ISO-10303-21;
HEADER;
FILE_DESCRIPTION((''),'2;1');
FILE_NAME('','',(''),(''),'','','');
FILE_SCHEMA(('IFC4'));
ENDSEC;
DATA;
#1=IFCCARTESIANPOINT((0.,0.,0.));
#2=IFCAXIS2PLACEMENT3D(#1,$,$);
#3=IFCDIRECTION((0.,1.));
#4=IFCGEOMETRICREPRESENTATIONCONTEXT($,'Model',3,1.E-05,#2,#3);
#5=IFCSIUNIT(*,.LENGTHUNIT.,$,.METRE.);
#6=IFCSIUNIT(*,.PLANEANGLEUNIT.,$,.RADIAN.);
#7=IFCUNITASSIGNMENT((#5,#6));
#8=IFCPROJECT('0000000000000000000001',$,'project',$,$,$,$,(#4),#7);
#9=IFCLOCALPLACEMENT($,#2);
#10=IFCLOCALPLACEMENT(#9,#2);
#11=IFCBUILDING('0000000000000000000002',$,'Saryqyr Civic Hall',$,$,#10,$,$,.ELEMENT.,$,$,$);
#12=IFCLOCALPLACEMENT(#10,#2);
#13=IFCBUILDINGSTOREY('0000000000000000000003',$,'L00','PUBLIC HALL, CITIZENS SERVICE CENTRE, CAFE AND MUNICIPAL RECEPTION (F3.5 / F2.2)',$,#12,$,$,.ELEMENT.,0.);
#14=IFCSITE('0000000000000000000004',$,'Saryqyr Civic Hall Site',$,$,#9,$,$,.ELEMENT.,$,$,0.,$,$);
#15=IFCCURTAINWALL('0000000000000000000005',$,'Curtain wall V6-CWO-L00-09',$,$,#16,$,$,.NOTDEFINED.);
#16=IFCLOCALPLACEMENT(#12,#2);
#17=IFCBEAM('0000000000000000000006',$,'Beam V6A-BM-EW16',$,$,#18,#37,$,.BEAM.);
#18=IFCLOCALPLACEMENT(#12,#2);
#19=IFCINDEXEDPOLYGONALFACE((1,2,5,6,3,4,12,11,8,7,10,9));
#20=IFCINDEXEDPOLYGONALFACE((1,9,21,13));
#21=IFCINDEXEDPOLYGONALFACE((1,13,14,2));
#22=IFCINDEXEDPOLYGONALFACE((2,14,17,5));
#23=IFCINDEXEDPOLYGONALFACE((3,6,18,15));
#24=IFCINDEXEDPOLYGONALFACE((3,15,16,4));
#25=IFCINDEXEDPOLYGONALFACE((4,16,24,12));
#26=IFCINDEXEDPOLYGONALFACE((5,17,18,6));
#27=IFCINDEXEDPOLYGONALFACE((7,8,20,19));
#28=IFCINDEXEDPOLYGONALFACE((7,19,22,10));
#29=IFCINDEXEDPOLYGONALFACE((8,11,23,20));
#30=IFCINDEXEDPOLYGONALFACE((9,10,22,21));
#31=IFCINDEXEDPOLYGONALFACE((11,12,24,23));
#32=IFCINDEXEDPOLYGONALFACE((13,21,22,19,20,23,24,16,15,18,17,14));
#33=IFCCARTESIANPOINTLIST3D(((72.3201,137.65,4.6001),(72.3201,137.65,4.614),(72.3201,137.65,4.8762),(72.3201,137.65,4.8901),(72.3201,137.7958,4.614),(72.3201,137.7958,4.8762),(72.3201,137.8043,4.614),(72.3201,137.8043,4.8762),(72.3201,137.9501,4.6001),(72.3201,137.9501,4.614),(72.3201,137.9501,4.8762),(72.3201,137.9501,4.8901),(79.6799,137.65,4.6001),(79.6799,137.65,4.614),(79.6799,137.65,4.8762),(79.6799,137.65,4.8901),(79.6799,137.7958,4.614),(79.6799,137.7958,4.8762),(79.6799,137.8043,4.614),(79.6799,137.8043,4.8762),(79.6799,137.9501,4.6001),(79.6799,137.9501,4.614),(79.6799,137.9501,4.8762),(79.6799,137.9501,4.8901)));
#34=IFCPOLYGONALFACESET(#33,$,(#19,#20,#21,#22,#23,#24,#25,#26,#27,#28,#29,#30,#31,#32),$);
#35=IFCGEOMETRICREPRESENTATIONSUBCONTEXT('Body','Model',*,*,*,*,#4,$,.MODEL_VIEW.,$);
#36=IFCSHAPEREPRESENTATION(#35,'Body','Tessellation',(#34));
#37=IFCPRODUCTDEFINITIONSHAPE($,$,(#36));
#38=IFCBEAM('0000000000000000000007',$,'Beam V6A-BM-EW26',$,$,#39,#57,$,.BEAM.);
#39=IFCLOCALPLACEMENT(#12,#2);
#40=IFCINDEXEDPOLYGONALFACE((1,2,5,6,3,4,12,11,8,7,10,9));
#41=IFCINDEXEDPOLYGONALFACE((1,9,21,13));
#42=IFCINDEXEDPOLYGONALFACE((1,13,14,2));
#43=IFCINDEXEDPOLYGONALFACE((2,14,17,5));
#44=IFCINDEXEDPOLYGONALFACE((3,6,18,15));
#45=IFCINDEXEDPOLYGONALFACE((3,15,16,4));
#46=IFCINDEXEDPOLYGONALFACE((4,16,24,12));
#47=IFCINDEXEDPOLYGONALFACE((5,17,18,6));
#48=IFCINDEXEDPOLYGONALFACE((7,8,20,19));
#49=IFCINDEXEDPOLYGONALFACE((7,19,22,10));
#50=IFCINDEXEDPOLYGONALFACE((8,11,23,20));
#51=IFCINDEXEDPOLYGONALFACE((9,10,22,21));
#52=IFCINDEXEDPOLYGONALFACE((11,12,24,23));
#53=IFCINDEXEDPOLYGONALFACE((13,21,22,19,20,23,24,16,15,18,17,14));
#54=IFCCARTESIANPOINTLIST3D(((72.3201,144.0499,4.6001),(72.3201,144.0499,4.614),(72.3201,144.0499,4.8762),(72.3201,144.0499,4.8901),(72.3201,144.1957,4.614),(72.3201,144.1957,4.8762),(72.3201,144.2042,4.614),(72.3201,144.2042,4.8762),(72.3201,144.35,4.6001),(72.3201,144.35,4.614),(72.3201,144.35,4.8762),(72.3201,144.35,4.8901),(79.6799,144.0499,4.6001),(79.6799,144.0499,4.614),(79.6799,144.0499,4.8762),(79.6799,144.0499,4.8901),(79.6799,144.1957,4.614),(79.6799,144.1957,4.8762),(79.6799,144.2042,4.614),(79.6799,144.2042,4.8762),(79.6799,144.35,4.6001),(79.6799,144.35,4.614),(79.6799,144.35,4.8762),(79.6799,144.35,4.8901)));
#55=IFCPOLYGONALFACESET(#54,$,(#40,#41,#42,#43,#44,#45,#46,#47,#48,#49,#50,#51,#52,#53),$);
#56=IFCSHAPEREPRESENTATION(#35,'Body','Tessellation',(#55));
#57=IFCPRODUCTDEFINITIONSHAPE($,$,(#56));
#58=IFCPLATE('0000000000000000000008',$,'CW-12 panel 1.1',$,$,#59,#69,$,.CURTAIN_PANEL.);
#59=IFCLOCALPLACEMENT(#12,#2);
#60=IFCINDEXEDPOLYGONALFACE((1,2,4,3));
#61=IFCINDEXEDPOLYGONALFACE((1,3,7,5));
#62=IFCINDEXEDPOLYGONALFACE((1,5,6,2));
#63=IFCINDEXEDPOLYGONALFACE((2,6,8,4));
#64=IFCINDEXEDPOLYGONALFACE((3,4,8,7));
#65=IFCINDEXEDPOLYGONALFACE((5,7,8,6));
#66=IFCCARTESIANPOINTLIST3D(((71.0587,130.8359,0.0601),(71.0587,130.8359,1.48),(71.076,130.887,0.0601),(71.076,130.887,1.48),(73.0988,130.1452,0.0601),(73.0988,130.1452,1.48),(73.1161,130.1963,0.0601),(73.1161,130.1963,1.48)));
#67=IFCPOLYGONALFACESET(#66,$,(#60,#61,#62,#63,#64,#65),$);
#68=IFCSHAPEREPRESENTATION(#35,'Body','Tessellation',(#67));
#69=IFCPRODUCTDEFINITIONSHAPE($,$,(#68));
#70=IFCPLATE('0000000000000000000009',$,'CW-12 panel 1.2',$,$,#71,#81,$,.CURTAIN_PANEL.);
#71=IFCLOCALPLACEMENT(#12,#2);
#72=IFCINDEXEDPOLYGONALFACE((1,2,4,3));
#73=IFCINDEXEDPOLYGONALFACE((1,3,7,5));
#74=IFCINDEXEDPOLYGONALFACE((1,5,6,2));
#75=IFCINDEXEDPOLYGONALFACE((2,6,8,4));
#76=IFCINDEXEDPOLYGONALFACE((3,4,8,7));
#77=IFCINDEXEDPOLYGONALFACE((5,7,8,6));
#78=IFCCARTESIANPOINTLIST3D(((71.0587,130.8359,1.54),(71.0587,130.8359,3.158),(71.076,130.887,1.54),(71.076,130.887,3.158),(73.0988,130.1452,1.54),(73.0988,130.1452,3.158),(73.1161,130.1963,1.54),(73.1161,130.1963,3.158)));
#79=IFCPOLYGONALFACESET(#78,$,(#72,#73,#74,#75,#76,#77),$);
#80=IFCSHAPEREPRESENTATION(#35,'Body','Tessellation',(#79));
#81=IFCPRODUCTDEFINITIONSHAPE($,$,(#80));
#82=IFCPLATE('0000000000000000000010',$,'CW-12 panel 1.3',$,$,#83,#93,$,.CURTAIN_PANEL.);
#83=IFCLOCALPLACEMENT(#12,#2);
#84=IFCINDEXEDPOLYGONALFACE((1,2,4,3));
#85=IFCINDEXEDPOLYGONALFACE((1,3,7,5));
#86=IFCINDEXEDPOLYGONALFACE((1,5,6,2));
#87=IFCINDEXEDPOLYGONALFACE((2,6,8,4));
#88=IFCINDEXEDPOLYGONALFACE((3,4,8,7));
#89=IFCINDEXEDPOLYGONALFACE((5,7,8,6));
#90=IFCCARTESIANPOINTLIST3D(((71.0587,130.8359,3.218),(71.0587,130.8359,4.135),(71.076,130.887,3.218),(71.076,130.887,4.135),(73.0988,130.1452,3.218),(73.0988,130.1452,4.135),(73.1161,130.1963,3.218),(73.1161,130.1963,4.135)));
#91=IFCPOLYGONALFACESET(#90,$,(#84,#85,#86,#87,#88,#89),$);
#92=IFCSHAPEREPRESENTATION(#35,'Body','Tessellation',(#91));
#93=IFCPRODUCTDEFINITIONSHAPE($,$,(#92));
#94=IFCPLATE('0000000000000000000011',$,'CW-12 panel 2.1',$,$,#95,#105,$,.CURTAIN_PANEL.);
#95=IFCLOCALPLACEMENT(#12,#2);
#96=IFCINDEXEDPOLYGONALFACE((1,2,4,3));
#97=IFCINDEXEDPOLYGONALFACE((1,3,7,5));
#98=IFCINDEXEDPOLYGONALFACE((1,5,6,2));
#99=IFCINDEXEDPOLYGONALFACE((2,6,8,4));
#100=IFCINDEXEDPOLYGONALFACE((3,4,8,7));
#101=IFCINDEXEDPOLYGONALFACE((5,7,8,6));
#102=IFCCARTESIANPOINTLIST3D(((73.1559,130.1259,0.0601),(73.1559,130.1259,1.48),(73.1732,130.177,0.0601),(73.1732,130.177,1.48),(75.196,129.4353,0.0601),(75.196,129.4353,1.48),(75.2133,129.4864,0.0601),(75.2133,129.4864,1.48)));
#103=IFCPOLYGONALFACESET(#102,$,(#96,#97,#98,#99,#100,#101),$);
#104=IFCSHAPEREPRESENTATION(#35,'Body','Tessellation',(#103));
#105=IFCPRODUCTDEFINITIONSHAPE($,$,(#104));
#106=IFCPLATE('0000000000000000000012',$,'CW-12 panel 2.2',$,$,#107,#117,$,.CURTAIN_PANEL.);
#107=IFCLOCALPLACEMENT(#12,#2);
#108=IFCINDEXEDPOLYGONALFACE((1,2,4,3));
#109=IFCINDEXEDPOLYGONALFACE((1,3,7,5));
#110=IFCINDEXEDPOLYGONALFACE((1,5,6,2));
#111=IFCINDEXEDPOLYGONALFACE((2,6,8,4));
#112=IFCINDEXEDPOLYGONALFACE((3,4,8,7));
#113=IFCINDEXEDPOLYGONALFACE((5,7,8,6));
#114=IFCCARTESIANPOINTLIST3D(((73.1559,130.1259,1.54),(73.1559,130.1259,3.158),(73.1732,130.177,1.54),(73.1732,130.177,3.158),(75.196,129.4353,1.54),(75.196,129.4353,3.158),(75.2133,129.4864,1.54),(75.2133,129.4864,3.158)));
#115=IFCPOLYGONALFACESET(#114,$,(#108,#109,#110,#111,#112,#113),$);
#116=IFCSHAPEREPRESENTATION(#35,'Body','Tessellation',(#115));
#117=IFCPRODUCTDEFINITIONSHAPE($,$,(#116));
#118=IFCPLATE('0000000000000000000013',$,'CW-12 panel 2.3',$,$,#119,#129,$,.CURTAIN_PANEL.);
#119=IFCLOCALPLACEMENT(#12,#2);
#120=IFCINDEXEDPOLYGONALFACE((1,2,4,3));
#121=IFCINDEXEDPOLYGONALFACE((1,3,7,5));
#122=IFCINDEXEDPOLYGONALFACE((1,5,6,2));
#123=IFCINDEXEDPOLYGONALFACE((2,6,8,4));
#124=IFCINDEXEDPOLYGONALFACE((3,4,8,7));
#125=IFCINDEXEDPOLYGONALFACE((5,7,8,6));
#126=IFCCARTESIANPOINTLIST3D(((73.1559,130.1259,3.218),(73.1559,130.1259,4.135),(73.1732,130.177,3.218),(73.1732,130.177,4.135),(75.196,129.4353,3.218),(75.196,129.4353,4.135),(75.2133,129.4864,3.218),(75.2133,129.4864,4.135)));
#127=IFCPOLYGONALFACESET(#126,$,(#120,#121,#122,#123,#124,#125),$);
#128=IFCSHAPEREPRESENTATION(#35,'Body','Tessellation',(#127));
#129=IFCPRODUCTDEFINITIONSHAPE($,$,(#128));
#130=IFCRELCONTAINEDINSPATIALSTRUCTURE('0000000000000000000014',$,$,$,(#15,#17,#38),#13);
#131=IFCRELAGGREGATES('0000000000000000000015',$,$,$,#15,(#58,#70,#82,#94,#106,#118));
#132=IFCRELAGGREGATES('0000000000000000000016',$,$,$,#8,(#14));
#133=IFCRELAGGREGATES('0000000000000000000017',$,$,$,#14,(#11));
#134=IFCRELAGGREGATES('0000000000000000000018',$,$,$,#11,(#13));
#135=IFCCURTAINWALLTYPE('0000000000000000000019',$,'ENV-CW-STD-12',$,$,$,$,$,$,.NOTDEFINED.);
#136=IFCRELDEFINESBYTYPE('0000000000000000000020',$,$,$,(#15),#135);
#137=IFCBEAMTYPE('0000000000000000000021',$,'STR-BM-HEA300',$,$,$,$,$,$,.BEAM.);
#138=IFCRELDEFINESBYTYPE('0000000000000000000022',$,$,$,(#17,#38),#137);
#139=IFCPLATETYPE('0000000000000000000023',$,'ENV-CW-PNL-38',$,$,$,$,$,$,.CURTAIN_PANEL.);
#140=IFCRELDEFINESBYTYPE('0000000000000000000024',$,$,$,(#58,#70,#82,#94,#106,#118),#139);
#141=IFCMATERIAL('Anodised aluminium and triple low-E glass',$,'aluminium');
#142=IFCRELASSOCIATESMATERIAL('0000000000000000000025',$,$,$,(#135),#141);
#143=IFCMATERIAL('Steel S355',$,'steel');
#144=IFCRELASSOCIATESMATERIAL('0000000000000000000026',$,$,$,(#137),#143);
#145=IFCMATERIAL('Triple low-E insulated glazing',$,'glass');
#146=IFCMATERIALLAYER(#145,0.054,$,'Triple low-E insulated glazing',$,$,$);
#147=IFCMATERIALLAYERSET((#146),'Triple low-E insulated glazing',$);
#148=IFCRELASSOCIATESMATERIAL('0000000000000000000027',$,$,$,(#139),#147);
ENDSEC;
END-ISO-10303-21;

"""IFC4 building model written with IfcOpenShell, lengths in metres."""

from ifc_helpers import new_model, si_unit, direction, frame, origin, origin_2d, place, context, subcontext, project, spatial, rectangle, i_section, extrude, material, layer, layer_set, material_profile, profile_set, type_object, element, aggregate, save


model = new_model("IFC4")

# Units and contexts
model_context = context("Model", 3, precision=1e-05, world=origin(), true_north=direction((0.0, 1.0)))
body_context = subcontext(model_context, "Body", "Model", "MODEL_VIEW")
ifc_project = project(units=[si_unit("LENGTHUNIT", "METRE"), si_unit("PLANEANGLEUNIT", "RADIAN")], contexts=[model_context])

# Site, building, storey
site_placement = place(None, origin())
site = spatial("IfcSite", under=ifc_project, at=site_placement, Name="Saryqyr Civic Hall Site", CompositionType="ELEMENT", RefElevation=0.0)
building_placement = place(site_placement, origin())
building = spatial("IfcBuilding", under=site, at=building_placement, Name="Saryqyr Civic Hall", CompositionType="ELEMENT")
storey_placement = place(building_placement, origin())
storey = spatial("IfcBuildingStorey", under=building, at=storey_placement, Name="L00", Description="PUBLIC HALL, CITIZENS SERVICE CENTRE, CAFE AND MUNICIPAL RECEPTION (F3.5 / F2.2)", CompositionType="ELEMENT", Elevation=0.0)

# Shared definitions
ifc_material_1 = material(Name="Steel S355", Category="steel")

# Curtain wall
ifc_material_2 = material(Name="Anodised aluminium and triple low-E glass", Category="aluminium")
curtain_wall_type = type_object("IfcCurtainWallType", Name="ENV-CW-STD-12", PredefinedType="NOTDEFINED", material=ifc_material_2)
curtain_wall_placement = place(storey_placement, origin())
curtain_wall = element("IfcCurtainWall", 1, at=curtain_wall_placement, inside=storey, type_object=curtain_wall_type, Name="Curtain wall V6-CWO-L00-09", PredefinedType="NOTDEFINED")

# Beams
ifc_material_profile_1 = material_profile(ifc_material_1, i_section(OverallWidth=0.3, OverallDepth=0.29, WebThickness=0.0085, FlangeThickness=0.0139, at=origin_2d()), Name="HEA 300")
ifc_profile_set_1 = profile_set([ifc_material_profile_1], Name="Steel S355")
beam_type = type_object("IfcBeamType", Name="STR-BM-HEA300", PredefinedType="BEAM", material=ifc_profile_set_1)
for number, where, z_axis, x_axis, name in (
    (2, (72.3201, 137.8, 4.7451), (1.0, 0.0, 0.0), (0.0, 1.0, 0.0), "Beam V6A-BM-EW16"),
    (3, (72.3201, 144.2, 4.7451), (1.0, 0.0, 0.0), (0.0, 1.0, 0.0), "Beam V6A-BM-EW26"),
):
    element("IfcBeam", number, at=place(storey_placement, frame(where, z_axis=z_axis, x_axis=x_axis)), inside=storey, type_object=beam_type, Name=name, PredefinedType="BEAM", context=body_context, shape_type="SweptSolid", body=[
        extrude(i_section(OverallWidth=0.3, OverallDepth=0.29, WebThickness=0.0085, FlangeThickness=0.0139, at=origin_2d()), origin(), (0.0, 0.0, 1.0), 7.3599),
    ])

# Plates
ifc_material_3 = material(Name="Triple low-E insulated glazing", Category="glass")
ifc_layer = layer(ifc_material_3, 0.054, Name="Triple low-E insulated glazing")
ifc_layer_set = layer_set([ifc_layer], Name="Triple low-E insulated glazing")
plate_type = type_object("IfcPlateType", Name="ENV-CW-PNL-38", PredefinedType="CURTAIN_PANEL", material=ifc_layer_set)
plate_1_placement = place(storey_placement, frame((72.0874, 130.5161, 0.0601), z_axis=(0.0, 0.0, 1.0), x_axis=(0.947191, -0.32067, 0.0)))
plate_1 = element("IfcPlate", 4, at=plate_1_placement, type_object=plate_type, Name="CW-12 panel 1.1", PredefinedType="CURTAIN_PANEL", context=body_context, shape_type="SweptSolid", body=[
    extrude(rectangle(XDim=2.1538, YDim=0.054, at=origin_2d()), origin(), (0.0, 0.0, 1.0), 1.4199),
])
plate_2_placement = place(storey_placement, frame((72.0874, 130.5161, 1.54), z_axis=(0.0, 0.0, 1.0), x_axis=(0.947191, -0.32067, 0.0)))
plate_2 = element("IfcPlate", 5, at=plate_2_placement, type_object=plate_type, Name="CW-12 panel 1.2", PredefinedType="CURTAIN_PANEL", context=body_context, shape_type="SweptSolid", body=[
    extrude(rectangle(XDim=2.1538, YDim=0.054, at=origin_2d()), origin(), (0.0, 0.0, 1.0), 1.6179),
])
plate_3_placement = place(storey_placement, frame((72.0874, 130.5161, 3.218), z_axis=(0.0, 0.0, 1.0), x_axis=(0.947191, -0.32067, 0.0)))
plate_3 = element("IfcPlate", 6, at=plate_3_placement, type_object=plate_type, Name="CW-12 panel 1.3", PredefinedType="CURTAIN_PANEL", context=body_context, shape_type="SweptSolid", body=[
    extrude(rectangle(XDim=2.1538, YDim=0.054, at=origin_2d()), origin(), (0.0, 0.0, 1.0), 0.917),
])
plate_4_placement = place(storey_placement, frame((74.1846, 129.8062, 0.0601), z_axis=(0.0, 0.0, 1.0), x_axis=(0.947191, -0.32067, 0.0)))
plate_4 = element("IfcPlate", 7, at=plate_4_placement, type_object=plate_type, Name="CW-12 panel 2.1", PredefinedType="CURTAIN_PANEL", context=body_context, shape_type="SweptSolid", body=[
    extrude(rectangle(XDim=2.1538, YDim=0.054, at=origin_2d()), origin(), (0.0, 0.0, 1.0), 1.4199),
])
plate_5_placement = place(storey_placement, frame((74.1846, 129.8062, 1.54), z_axis=(0.0, 0.0, 1.0), x_axis=(0.947191, -0.32067, 0.0)))
plate_5 = element("IfcPlate", 8, at=plate_5_placement, type_object=plate_type, Name="CW-12 panel 2.2", PredefinedType="CURTAIN_PANEL", context=body_context, shape_type="SweptSolid", body=[
    extrude(rectangle(XDim=2.1538, YDim=0.054, at=origin_2d()), origin(), (0.0, 0.0, 1.0), 1.6179),
])
plate_6_placement = place(storey_placement, frame((74.1846, 129.8062, 3.218), z_axis=(0.0, 0.0, 1.0), x_axis=(0.947191, -0.32067, 0.0)))
plate_6 = element("IfcPlate", 9, at=plate_6_placement, type_object=plate_type, Name="CW-12 panel 2.3", PredefinedType="CURTAIN_PANEL", context=body_context, shape_type="SweptSolid", body=[
    extrude(rectangle(XDim=2.1538, YDim=0.054, at=origin_2d()), origin(), (0.0, 0.0, 1.0), 0.917),
])
aggregate(curtain_wall, [plate_1, plate_2, plate_3, plate_4, plate_5, plate_6])

save(model, "model.ifc")
